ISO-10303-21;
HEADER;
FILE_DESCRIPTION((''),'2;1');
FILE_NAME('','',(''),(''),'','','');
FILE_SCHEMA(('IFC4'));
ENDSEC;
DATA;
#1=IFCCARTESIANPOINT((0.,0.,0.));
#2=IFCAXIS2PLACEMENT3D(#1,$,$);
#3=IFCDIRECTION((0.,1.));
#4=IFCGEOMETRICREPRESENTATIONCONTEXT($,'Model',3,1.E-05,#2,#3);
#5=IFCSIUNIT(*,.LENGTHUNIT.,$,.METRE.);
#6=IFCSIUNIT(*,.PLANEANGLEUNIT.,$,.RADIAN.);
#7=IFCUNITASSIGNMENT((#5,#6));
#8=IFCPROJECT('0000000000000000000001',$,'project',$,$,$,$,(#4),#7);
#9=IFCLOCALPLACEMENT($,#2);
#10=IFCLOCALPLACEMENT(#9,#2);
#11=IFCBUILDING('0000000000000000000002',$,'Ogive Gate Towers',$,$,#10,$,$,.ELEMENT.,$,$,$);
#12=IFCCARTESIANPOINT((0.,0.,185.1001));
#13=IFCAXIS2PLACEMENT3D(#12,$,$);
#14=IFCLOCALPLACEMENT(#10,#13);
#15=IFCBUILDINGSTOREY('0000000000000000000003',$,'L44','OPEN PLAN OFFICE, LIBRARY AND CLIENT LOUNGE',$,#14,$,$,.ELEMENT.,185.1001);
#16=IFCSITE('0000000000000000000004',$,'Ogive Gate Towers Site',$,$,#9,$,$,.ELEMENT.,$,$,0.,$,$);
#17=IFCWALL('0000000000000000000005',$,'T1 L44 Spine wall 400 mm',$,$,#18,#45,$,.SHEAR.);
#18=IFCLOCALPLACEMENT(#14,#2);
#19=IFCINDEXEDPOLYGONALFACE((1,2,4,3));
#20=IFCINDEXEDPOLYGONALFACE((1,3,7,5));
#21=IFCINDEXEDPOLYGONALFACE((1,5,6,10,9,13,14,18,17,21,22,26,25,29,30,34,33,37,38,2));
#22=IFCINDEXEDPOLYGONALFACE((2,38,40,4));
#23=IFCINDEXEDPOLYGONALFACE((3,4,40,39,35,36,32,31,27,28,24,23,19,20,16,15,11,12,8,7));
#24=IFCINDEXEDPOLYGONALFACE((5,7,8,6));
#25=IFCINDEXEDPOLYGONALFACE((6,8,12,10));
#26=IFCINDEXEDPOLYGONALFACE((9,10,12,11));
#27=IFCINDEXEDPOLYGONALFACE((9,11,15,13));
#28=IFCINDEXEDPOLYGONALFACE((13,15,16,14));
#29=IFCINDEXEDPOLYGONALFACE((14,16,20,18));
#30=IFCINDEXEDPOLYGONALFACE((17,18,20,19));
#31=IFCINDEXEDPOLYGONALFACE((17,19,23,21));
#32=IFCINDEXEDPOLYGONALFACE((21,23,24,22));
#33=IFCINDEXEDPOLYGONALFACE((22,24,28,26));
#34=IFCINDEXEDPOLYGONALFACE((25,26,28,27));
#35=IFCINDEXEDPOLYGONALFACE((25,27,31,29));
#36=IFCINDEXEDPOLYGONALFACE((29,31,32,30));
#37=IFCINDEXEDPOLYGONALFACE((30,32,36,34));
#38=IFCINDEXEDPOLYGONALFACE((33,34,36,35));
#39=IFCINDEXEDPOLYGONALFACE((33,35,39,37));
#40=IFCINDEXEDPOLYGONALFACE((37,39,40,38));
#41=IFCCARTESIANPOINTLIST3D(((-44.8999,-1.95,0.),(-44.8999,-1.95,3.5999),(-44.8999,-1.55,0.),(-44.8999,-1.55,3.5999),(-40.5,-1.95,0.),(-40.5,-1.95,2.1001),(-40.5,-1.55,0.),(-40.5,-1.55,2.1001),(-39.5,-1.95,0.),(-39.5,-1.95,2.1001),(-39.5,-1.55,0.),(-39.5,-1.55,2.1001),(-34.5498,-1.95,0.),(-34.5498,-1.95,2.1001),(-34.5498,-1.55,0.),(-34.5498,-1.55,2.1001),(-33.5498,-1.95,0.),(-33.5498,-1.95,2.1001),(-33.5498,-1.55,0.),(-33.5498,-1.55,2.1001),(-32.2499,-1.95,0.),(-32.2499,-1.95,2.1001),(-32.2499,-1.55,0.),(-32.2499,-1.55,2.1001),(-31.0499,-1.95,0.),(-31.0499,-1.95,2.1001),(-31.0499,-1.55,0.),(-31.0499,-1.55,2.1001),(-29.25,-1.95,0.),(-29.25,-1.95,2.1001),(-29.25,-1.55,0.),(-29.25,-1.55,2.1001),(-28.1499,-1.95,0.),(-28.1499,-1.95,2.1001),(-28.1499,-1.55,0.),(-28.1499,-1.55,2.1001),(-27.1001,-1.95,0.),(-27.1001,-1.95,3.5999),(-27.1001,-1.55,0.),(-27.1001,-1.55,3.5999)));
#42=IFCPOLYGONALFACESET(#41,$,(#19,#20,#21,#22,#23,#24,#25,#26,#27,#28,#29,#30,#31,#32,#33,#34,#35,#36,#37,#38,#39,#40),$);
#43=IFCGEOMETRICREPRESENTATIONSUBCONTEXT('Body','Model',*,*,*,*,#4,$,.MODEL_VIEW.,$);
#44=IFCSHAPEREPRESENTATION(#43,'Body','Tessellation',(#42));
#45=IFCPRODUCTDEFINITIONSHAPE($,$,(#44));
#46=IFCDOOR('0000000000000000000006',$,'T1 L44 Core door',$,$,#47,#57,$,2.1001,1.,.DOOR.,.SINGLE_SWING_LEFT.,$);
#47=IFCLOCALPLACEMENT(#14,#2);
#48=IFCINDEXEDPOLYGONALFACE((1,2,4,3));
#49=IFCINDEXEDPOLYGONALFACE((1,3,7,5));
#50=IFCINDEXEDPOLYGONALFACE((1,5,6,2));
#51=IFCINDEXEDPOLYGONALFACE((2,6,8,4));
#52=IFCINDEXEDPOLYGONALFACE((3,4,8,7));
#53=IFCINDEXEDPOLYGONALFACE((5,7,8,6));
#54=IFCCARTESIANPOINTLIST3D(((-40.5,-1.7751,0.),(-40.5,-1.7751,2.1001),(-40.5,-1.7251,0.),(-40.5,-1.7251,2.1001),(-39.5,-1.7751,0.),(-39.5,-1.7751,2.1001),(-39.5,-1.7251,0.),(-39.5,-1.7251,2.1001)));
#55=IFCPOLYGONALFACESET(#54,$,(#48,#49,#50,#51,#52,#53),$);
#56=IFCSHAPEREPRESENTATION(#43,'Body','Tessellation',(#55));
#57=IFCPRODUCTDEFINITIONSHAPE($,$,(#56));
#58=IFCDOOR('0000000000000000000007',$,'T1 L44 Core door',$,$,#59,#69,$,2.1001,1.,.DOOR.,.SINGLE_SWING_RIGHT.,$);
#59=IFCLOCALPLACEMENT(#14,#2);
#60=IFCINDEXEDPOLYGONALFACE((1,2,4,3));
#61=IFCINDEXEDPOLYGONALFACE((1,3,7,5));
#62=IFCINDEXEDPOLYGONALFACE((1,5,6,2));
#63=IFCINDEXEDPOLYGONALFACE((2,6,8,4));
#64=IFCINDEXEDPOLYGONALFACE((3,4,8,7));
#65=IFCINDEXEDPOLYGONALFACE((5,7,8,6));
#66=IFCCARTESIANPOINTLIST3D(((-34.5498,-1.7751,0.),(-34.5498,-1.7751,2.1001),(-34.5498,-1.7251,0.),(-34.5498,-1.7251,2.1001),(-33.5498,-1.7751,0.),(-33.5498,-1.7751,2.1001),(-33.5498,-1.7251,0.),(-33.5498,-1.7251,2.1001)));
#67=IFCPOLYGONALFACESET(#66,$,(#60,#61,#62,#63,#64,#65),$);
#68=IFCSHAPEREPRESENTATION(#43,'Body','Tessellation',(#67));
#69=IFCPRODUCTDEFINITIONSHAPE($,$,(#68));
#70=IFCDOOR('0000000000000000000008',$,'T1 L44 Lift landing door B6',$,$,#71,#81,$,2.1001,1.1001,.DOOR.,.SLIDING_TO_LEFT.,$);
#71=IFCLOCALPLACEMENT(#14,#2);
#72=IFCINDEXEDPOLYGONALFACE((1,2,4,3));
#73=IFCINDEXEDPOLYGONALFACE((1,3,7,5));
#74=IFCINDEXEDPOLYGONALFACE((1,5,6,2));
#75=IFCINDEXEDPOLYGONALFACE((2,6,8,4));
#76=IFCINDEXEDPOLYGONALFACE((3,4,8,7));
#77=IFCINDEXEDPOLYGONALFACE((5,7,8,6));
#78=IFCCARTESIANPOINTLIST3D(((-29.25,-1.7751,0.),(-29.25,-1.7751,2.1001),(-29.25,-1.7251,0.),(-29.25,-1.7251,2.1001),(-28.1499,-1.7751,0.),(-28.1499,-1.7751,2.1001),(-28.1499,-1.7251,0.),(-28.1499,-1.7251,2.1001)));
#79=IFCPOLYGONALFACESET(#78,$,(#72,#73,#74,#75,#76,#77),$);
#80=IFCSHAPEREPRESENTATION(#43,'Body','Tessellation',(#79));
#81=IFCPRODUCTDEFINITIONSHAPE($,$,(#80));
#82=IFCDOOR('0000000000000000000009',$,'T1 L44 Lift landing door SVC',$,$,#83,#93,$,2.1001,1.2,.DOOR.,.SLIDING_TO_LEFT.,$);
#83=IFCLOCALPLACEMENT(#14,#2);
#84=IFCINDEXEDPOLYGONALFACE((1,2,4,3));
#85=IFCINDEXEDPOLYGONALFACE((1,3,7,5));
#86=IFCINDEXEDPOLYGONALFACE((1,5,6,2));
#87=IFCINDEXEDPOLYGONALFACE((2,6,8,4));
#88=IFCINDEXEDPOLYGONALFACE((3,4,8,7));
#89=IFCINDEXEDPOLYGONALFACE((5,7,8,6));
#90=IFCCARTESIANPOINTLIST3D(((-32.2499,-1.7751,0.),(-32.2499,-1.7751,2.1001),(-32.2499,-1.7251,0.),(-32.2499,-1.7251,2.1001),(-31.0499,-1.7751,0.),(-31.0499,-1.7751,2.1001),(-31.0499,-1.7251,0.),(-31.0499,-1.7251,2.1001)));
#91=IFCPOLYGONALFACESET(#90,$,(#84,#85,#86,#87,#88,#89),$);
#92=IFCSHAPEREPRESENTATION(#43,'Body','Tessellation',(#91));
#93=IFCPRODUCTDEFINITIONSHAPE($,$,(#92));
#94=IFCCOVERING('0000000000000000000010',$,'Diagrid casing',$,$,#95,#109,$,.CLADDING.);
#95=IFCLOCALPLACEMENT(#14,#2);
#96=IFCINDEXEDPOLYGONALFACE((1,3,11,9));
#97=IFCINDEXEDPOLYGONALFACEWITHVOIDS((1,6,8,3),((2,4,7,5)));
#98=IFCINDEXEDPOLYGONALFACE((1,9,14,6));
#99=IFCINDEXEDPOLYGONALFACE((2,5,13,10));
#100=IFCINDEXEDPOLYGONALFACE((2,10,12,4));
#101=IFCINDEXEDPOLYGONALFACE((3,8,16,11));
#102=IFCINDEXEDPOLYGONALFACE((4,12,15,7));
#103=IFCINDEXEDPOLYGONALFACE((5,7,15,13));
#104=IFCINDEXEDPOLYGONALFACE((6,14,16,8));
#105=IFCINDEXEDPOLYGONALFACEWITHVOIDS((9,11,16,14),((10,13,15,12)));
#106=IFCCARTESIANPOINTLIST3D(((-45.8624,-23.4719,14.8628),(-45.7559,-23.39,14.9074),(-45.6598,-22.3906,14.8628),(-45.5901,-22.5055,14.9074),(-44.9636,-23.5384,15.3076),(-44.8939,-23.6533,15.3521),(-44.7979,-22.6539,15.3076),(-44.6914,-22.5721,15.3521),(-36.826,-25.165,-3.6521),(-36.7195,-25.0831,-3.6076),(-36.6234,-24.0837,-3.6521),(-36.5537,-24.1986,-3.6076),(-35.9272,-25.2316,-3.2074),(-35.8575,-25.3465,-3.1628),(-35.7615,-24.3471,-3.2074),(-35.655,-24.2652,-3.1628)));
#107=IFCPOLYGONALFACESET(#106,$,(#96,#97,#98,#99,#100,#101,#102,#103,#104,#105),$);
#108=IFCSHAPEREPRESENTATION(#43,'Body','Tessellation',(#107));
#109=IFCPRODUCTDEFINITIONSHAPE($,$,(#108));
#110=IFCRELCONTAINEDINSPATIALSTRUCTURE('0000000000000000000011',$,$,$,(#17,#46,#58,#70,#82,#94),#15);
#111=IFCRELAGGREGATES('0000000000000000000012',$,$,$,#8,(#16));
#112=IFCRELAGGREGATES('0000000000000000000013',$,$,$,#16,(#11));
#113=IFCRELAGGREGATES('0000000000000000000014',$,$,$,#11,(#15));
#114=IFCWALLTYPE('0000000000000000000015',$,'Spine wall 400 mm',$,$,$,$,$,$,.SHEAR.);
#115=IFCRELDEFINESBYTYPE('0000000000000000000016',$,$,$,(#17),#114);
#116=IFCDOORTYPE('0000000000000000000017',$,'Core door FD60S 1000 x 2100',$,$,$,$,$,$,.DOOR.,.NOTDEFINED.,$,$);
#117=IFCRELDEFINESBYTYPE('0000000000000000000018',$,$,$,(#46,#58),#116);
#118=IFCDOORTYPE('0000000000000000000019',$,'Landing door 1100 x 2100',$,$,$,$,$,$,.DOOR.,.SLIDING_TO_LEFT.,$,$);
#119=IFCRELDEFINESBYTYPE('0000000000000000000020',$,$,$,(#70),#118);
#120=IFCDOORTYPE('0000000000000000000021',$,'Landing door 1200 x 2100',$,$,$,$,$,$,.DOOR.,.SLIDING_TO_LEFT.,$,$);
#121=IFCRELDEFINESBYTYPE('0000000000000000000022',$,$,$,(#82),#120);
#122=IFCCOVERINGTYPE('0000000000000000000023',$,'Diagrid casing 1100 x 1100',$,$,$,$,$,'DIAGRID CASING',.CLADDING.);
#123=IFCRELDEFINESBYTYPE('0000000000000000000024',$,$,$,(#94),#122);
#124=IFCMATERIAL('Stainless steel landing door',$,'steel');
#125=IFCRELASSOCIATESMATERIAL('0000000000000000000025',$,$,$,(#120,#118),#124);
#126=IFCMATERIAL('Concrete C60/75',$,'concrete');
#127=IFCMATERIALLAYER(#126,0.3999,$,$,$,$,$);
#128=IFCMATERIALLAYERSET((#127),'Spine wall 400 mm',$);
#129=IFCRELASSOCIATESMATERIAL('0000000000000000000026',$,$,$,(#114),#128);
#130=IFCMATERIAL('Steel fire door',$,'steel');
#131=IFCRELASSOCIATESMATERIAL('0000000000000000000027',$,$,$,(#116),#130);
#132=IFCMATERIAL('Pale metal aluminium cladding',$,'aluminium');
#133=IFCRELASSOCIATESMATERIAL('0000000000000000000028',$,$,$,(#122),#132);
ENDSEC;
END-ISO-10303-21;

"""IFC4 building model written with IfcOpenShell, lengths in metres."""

from ifc_helpers import new_model, si_unit, direction, frame, frame_2d, origin, origin_2d, place, context, subcontext, project, spatial, rectangle, hollow_rectangle, extrude, material, layer, layer_set, material_profile, profile_set, type_object, element, fill, save


model = new_model("IFC4")

# Units and contexts
model_context = context("Model", 3, precision=1e-05, world=origin(), true_north=direction((0.0, 1.0)))
body_context = subcontext(model_context, "Body", "Model", "MODEL_VIEW")
ifc_project = project(units=[si_unit("LENGTHUNIT", "METRE"), si_unit("PLANEANGLEUNIT", "RADIAN")], contexts=[model_context])

# Site, building, storey
site_placement = place(None, origin())
site = spatial("IfcSite", under=ifc_project, at=site_placement, Name="Ogive Gate Towers Site", CompositionType="ELEMENT", RefElevation=0.0)
building_placement = place(site_placement, origin())
building = spatial("IfcBuilding", under=site, at=building_placement, Name="Ogive Gate Towers", CompositionType="ELEMENT")
storey_placement = place(building_placement, frame((0.0, 0.0, 185.1001)))
storey = spatial("IfcBuildingStorey", under=building, at=storey_placement, Name="L44", Description="OPEN PLAN OFFICE, LIBRARY AND CLIENT LOUNGE", CompositionType="ELEMENT", Elevation=185.1001)

# Shared definitions
ifc_material_1 = material(Name="Concrete C60/75", Category="concrete")
ifc_material_2 = material(Name="Steel fire door", Category="steel")

# Shared definitions
ifc_material_3 = material(Name="Stainless steel landing door", Category="steel")
door_type_1 = type_object("IfcDoorType", Name="Landing door 1200 x 2100", OperationType="SLIDING_TO_LEFT", PredefinedType="DOOR", material=ifc_material_3)

# Wall, openings, doors
ifc_layer_1 = layer(ifc_material_1, 0.3999)
ifc_layer_set_1 = layer_set([ifc_layer_1], Name="Spine wall 400 mm")
wall_type_1 = type_object("IfcWallType", Name="Spine wall 400 mm", PredefinedType="SHEAR", material=ifc_layer_set_1)
wall_1_placement = place(storey_placement, frame((-44.8999, -1.75, 0.0), z_axis=(0.0, 0.0, 1.0), x_axis=(1.0, 0.0, 0.0)))
wall_1 = element("IfcWall", 1, at=wall_1_placement, inside=storey, type_object=wall_type_1, Name="T1 L44 Spine wall 400 mm", PredefinedType="SHEAR", context=body_context, shape_type="SweptSolid", body=[
    extrude(rectangle(XDim=17.7998, YDim=0.3999, at=frame_2d((8.8999, 0.0))), origin(), (0.0, 0.0, 1.0), 3.5999),
])
opening_1_placement = place(wall_1_placement, frame((12.6499, 0.0, 0.0)))
opening_1 = element("IfcOpeningElement", 2, at=opening_1_placement, cuts=wall_1, PredefinedType="OPENING", context=body_context, shape_type="SweptSolid", body=[
    extrude(rectangle(XDim=1.2, YDim=2.1001, at=frame_2d((0.6001, 1.05))), frame((0.0, 0.21, 0.0), z_axis=(0.0, -1.0, 0.0), x_axis=(1.0, 0.0, 0.0)), (0.0, 0.0, 1.0), 0.4199),
])
opening_2_placement = place(wall_1_placement, frame((15.6499, 0.0, 0.0)))
opening_2 = element("IfcOpeningElement", 3, at=opening_2_placement, cuts=wall_1, PredefinedType="OPENING", context=body_context, shape_type="SweptSolid", body=[
    extrude(rectangle(XDim=1.1001, YDim=2.1001, at=frame_2d((0.55, 1.05))), frame((0.0, 0.21, 0.0), z_axis=(0.0, -1.0, 0.0), x_axis=(1.0, 0.0, 0.0)), (0.0, 0.0, 1.0), 0.4199),
])
opening_3_placement = place(wall_1_placement, frame((4.3999, 0.0, 0.0)))
opening_3 = element("IfcOpeningElement", 4, at=opening_3_placement, cuts=wall_1, PredefinedType="OPENING", context=body_context, shape_type="SweptSolid", body=[
    extrude(rectangle(XDim=1.0, YDim=2.1001, at=frame_2d((0.5, 1.05))), frame((0.0, 0.21, 0.0), z_axis=(0.0, -1.0, 0.0), x_axis=(1.0, 0.0, 0.0)), (0.0, 0.0, 1.0), 0.4199),
])
opening_4_placement = place(wall_1_placement, frame((10.3501, 0.0, 0.0)))
opening_4 = element("IfcOpeningElement", 5, at=opening_4_placement, cuts=wall_1, PredefinedType="OPENING", context=body_context, shape_type="SweptSolid", body=[
    extrude(rectangle(XDim=1.0, YDim=2.1001, at=frame_2d((0.5, 1.05))), frame((0.0, 0.21, 0.0), z_axis=(0.0, -1.0, 0.0), x_axis=(1.0, 0.0, 0.0)), (0.0, 0.0, 1.0), 0.4199),
])
door_type_2 = type_object("IfcDoorType", Name="Core door FD60S 1000 x 2100", OperationType="NOTDEFINED", PredefinedType="DOOR", material=ifc_material_2)
door_1_placement = place(opening_3_placement, origin())
door_1 = element("IfcDoor", 6, at=door_1_placement, inside=storey, type_object=door_type_2, Name="T1 L44 Core door", OperationType="SINGLE_SWING_LEFT", OverallHeight=2.1001, OverallWidth=1.0, PredefinedType="DOOR", context=body_context, shape_type="SweptSolid", body=[
    extrude(rectangle(XDim=1.0, YDim=2.1001, at=frame_2d((0.5, 1.05))), frame((0.0, 0.0249, 0.0), z_axis=(0.0, -1.0, 0.0), x_axis=(1.0, 0.0, 0.0)), (0.0, 0.0, 1.0), 0.05),
])
fill(opening_3, door_1)
door_2_placement = place(opening_4_placement, origin())
door_2 = element("IfcDoor", 7, at=door_2_placement, inside=storey, type_object=door_type_2, Name="T1 L44 Core door", OperationType="SINGLE_SWING_RIGHT", OverallHeight=2.1001, OverallWidth=1.0, PredefinedType="DOOR", context=body_context, shape_type="SweptSolid", body=[
    extrude(rectangle(XDim=1.0, YDim=2.1001, at=frame_2d((0.5, 1.05))), frame((0.0, 0.0249, 0.0), z_axis=(0.0, -1.0, 0.0), x_axis=(1.0, 0.0, 0.0)), (0.0, 0.0, 1.0), 0.05),
])
fill(opening_4, door_2)
door_type_3 = type_object("IfcDoorType", Name="Landing door 1100 x 2100", OperationType="SLIDING_TO_LEFT", PredefinedType="DOOR", material=ifc_material_3)
door_3_placement = place(opening_2_placement, origin())
door_3 = element("IfcDoor", 8, at=door_3_placement, inside=storey, type_object=door_type_3, Name="T1 L44 Lift landing door B6", OperationType="SLIDING_TO_LEFT", OverallHeight=2.1001, OverallWidth=1.1001, PredefinedType="DOOR", context=body_context, shape_type="SweptSolid", body=[
    extrude(rectangle(XDim=1.1001, YDim=2.1001, at=frame_2d((0.55, 1.05))), frame((0.0, 0.0249, 0.0), z_axis=(0.0, -1.0, 0.0), x_axis=(1.0, 0.0, 0.0)), (0.0, 0.0, 1.0), 0.05),
])
fill(opening_2, door_3)
door_4_placement = place(opening_1_placement, origin())
door_4 = element("IfcDoor", 9, at=door_4_placement, inside=storey, type_object=door_type_1, Name="T1 L44 Lift landing door SVC", OperationType="SLIDING_TO_LEFT", OverallHeight=2.1001, OverallWidth=1.2, PredefinedType="DOOR", context=body_context, shape_type="SweptSolid", body=[
    extrude(rectangle(XDim=1.2, YDim=2.1001, at=frame_2d((0.6001, 1.05))), frame((0.0, 0.0249, 0.0), z_axis=(0.0, -1.0, 0.0), x_axis=(1.0, 0.0, 0.0)), (0.0, 0.0, 1.0), 0.05),
])
fill(opening_1, door_4)

# Covering
ifc_material_4 = material(Name="Pale metal aluminium cladding", Category="aluminium")
ifc_material_profile_1 = material_profile(ifc_material_4, hollow_rectangle(XDim=1.1001, YDim=1.1001, WallThickness=0.1001, at=origin_2d()), Name="1100 x 1100 pale metal casing")
ifc_profile_set_1 = profile_set([ifc_material_profile_1], Name="Pale metal aluminium cladding")
covering_type = type_object("IfcCoveringType", Name="Diagrid casing 1100 x 1100", ElementType="DIAGRID CASING", PredefinedType="CLADDING", material=ifc_profile_set_1)
covering_placement = place(storey_placement, frame((-36.2405, -24.7151, -3.4075), z_axis=(-0.437135, 0.081905, 0.895659), x_axis=(-0.184162, -0.982896, 0.0)))
element("IfcCovering", 10, at=covering_placement, inside=storey, type_object=covering_type, Name="Diagrid casing", PredefinedType="CLADDING", context=body_context, shape_type="SweptSolid", body=[
    extrude(hollow_rectangle(XDim=1.1001, YDim=1.1001, WallThickness=0.1001, at=origin_2d()), origin(), (0.0, 0.0, 1.0), 20.6719),
])

save(model, "model.ifc")
